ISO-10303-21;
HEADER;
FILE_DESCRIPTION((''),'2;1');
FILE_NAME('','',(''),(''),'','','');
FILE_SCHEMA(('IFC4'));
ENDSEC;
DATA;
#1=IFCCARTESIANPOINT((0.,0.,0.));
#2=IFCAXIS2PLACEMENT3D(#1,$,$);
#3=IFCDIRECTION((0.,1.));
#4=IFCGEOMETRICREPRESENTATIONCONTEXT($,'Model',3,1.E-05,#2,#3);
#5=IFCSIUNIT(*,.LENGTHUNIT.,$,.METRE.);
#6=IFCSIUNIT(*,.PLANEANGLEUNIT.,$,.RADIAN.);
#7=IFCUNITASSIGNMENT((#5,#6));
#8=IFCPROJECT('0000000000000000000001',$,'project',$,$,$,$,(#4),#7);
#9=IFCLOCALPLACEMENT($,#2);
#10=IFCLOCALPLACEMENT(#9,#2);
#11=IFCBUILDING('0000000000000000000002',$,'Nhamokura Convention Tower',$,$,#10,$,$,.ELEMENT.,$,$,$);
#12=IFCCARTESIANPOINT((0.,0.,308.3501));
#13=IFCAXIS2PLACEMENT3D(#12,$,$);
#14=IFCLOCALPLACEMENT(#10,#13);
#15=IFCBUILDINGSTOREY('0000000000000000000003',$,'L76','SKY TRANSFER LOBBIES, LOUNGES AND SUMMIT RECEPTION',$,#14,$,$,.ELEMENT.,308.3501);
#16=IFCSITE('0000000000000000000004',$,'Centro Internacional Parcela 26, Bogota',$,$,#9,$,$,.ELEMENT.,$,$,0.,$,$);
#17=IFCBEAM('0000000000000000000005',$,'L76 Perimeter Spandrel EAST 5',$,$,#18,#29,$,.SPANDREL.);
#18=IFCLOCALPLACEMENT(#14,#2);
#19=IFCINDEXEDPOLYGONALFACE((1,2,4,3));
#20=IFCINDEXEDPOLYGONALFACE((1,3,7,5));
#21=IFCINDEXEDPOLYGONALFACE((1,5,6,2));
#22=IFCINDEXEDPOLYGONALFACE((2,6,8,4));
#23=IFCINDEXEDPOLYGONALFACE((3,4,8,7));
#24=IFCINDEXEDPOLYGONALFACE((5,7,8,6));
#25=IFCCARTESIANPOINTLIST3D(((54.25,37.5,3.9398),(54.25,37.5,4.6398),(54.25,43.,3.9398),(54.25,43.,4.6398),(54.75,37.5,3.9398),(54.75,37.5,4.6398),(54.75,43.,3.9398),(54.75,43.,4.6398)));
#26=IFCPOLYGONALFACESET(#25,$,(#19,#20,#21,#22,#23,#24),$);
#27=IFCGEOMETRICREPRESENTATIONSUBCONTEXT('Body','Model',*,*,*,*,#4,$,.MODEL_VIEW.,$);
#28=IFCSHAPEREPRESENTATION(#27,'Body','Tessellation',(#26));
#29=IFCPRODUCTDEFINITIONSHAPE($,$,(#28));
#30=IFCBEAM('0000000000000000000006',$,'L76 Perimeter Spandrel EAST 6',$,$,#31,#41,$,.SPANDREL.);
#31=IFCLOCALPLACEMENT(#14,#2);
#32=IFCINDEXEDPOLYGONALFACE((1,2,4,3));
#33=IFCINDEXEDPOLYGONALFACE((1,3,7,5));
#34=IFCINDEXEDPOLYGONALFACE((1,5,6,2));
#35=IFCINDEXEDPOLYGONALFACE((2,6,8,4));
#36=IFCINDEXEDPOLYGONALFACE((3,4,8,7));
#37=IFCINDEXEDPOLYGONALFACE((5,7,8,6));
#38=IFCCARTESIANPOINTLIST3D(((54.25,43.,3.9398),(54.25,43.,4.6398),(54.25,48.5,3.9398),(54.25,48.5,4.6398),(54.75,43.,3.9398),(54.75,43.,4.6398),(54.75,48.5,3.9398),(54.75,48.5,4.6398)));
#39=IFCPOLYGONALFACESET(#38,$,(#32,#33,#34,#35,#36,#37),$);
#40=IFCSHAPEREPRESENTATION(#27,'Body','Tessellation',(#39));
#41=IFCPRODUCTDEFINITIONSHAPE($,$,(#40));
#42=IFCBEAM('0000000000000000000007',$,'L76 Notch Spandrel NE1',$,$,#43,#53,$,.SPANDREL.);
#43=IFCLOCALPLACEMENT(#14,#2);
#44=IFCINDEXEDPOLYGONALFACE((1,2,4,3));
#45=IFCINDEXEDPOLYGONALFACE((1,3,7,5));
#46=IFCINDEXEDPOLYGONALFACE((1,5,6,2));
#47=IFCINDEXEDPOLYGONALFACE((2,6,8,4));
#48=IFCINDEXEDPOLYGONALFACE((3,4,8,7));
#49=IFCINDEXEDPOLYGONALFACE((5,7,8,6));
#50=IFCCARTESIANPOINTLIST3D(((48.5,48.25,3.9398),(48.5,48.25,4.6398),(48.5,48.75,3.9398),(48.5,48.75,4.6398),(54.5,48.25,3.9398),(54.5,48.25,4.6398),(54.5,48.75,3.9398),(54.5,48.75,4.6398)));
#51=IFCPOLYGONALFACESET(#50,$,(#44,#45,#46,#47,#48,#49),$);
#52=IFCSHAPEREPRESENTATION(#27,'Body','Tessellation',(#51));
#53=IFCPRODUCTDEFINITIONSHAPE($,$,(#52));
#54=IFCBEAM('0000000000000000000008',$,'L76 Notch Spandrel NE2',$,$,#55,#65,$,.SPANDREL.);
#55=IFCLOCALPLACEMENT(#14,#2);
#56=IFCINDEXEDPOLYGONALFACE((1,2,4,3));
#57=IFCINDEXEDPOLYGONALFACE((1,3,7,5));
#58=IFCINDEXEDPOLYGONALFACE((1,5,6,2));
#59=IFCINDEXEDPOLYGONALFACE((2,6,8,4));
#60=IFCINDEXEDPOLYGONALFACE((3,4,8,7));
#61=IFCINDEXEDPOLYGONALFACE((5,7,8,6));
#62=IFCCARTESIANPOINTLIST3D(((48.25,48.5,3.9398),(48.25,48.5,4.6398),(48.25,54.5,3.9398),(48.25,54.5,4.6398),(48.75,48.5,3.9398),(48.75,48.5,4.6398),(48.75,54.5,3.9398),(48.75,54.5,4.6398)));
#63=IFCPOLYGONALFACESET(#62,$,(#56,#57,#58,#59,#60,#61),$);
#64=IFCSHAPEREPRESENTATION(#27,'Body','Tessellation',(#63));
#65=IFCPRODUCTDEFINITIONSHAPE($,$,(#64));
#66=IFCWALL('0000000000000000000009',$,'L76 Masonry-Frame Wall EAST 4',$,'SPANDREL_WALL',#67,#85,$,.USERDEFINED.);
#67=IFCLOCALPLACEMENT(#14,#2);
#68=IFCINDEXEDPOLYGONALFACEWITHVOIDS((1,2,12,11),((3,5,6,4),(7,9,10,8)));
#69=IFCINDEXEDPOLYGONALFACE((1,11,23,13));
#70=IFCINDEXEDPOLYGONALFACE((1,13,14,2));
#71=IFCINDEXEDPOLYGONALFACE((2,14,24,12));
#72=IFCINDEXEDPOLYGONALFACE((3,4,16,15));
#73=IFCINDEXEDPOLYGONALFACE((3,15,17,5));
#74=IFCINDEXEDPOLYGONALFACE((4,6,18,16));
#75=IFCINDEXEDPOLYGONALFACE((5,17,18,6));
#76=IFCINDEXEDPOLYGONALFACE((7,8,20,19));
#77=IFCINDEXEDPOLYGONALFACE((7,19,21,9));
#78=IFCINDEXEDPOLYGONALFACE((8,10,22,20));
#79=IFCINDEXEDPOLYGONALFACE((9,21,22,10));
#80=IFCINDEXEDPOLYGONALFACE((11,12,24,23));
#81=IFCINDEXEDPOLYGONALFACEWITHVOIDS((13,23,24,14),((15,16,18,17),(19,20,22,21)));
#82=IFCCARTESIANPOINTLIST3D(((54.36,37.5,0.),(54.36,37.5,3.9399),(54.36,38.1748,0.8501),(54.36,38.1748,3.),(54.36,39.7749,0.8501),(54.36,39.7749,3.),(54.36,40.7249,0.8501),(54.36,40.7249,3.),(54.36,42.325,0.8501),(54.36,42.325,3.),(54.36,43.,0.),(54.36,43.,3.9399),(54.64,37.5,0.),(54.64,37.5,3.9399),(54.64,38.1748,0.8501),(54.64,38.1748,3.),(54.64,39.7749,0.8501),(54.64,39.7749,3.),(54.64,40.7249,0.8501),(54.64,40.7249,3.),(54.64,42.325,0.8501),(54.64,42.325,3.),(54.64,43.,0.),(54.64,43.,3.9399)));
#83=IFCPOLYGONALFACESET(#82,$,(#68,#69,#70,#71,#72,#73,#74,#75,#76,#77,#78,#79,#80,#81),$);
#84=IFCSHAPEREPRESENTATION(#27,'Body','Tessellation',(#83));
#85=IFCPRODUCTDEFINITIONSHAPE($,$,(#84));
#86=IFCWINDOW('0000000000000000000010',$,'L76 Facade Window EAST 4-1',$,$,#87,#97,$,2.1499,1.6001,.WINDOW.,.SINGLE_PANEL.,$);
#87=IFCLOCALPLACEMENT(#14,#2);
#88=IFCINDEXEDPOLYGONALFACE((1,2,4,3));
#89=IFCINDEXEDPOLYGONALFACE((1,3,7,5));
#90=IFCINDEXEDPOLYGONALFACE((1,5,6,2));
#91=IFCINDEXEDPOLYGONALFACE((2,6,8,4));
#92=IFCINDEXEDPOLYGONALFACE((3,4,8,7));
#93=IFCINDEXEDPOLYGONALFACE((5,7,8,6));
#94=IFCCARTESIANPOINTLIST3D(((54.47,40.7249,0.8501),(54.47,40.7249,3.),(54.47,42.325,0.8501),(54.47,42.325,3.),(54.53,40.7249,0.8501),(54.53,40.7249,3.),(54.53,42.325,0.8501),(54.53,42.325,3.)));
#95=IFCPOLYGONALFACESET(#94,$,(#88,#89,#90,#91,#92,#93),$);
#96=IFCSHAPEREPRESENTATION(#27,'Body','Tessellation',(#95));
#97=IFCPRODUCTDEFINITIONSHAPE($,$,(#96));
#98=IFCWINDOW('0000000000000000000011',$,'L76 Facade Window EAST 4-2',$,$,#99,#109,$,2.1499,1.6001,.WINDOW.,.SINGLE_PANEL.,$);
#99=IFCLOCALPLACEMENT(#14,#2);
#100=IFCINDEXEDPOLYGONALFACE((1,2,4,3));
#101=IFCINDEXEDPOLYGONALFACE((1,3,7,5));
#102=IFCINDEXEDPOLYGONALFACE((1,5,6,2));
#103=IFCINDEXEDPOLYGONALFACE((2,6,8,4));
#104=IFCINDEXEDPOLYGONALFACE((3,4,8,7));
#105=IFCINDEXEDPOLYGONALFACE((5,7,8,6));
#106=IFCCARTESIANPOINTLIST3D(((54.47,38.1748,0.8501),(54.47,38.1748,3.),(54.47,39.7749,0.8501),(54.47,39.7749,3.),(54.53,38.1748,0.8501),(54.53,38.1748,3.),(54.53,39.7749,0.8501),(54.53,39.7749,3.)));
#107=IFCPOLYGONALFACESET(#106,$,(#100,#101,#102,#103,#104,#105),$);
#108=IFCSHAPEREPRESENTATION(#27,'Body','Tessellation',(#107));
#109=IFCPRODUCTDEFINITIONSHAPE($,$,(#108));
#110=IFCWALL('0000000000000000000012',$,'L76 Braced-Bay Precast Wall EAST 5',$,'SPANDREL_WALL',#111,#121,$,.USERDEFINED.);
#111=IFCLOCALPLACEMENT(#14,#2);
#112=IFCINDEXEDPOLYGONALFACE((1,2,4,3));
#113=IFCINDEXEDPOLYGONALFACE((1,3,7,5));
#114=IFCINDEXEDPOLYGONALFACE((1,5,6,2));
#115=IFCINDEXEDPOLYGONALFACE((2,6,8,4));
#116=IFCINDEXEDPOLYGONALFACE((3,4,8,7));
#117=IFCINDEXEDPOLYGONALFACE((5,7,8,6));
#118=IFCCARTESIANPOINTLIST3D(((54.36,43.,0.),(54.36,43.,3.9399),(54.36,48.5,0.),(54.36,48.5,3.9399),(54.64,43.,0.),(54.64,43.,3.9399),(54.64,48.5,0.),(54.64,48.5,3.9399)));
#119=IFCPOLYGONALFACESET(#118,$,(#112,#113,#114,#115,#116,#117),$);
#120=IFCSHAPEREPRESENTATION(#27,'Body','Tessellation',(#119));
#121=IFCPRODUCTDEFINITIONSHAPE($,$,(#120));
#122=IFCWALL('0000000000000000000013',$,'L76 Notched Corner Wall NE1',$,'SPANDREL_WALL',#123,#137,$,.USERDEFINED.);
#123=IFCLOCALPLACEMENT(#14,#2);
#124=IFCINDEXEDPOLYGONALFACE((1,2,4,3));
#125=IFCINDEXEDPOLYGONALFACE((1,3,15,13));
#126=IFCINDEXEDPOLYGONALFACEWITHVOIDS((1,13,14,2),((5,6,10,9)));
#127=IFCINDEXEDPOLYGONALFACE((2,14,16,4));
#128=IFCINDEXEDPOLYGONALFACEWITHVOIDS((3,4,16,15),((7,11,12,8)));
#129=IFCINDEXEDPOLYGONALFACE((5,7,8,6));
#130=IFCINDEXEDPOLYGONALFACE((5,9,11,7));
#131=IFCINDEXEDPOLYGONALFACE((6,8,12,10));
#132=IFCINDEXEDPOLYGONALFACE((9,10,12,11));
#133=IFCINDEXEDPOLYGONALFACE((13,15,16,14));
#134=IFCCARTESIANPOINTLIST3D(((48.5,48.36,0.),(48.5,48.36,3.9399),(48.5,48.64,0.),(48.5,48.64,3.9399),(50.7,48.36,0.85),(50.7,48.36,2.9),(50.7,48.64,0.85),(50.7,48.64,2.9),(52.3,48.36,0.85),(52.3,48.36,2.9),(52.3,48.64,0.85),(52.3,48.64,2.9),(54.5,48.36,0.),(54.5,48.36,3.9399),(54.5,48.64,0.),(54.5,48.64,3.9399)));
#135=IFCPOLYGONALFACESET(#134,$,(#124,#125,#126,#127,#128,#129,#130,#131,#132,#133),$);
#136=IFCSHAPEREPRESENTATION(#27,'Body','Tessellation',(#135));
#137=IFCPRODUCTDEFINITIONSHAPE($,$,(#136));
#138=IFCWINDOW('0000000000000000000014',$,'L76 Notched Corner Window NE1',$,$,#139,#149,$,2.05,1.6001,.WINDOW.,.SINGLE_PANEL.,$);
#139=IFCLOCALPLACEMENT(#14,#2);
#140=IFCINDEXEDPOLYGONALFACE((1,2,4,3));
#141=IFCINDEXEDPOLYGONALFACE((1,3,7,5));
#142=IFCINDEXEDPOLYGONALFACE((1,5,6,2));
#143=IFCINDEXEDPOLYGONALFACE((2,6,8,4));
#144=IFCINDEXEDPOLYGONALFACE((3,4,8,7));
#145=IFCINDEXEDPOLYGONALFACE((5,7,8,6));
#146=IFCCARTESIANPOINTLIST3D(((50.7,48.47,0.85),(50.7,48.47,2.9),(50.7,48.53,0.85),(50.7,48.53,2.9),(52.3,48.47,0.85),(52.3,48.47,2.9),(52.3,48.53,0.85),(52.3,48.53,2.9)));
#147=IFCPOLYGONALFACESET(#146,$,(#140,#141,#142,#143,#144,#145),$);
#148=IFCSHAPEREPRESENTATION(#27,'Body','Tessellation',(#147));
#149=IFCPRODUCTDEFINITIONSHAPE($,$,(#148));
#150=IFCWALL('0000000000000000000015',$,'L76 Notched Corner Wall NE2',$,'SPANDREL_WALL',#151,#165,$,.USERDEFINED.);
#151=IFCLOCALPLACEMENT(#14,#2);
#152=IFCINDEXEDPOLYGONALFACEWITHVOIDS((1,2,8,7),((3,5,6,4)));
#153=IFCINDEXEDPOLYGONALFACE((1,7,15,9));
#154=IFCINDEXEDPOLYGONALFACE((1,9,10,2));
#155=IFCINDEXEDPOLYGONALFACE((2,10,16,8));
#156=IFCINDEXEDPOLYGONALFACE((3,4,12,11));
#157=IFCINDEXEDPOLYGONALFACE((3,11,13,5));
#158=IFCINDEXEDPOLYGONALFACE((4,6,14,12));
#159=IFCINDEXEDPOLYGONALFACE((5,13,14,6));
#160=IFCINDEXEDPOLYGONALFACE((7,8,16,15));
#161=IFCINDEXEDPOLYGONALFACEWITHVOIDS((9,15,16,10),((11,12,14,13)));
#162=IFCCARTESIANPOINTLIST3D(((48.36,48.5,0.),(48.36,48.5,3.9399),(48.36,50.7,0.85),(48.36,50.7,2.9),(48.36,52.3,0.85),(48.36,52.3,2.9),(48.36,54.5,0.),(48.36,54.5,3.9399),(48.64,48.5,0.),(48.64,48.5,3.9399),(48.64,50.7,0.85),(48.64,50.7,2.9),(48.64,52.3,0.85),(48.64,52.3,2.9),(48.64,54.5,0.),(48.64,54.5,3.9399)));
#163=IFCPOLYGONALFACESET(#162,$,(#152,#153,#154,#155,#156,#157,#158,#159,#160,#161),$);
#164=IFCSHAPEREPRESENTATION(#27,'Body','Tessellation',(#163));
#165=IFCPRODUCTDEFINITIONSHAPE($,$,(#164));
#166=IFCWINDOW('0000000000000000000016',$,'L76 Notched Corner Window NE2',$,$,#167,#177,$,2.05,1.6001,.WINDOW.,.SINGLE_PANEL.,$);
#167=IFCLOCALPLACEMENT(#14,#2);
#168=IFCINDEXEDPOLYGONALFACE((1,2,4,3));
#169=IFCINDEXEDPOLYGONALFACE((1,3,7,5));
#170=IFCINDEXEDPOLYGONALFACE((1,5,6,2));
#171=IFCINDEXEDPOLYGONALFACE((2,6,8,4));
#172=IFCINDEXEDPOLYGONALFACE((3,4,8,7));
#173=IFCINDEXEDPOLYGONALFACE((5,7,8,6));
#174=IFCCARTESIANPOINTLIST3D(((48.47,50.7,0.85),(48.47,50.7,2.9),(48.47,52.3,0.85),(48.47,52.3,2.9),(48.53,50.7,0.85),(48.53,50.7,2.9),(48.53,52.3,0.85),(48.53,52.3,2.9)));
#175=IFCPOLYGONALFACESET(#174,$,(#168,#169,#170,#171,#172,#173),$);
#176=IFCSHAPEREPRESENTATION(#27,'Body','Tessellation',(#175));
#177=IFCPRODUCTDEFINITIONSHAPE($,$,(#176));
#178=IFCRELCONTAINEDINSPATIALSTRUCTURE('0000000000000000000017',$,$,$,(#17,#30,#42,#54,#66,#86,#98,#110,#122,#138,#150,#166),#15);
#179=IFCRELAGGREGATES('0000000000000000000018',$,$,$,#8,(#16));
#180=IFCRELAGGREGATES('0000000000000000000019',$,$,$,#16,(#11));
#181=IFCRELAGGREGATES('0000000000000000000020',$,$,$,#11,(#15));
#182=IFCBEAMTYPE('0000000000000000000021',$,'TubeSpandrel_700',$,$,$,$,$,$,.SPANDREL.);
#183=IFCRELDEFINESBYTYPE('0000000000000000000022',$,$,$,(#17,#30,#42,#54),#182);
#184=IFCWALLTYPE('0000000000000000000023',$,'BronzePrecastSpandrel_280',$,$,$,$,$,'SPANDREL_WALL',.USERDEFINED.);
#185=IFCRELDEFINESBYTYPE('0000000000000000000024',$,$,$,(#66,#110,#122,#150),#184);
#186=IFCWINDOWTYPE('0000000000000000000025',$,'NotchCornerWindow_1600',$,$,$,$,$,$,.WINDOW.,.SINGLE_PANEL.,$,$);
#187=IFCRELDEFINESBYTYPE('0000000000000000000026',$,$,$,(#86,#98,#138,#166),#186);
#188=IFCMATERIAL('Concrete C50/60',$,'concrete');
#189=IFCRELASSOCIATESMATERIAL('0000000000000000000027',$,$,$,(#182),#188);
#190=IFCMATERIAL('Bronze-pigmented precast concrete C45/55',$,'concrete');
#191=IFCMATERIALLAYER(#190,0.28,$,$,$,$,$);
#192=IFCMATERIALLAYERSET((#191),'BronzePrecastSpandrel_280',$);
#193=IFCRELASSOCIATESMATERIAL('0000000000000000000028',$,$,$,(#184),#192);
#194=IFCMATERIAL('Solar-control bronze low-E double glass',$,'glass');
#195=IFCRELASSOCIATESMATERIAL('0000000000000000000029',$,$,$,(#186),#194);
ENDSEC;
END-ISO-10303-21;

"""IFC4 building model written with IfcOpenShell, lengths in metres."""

from ifc_helpers import new_model, si_unit, direction, frame, frame_2d, origin, origin_2d, place, context, subcontext, project, spatial, rectangle, extrude, material, layer, layer_set, material_profile, profile_set, type_object, element, fill, save


model = new_model("IFC4")

# Units and contexts
model_context = context("Model", 3, precision=1e-05, world=origin(), true_north=direction((0.0, 1.0)))
body_context = subcontext(model_context, "Body", "Model", "MODEL_VIEW")
ifc_project = project(units=[si_unit("LENGTHUNIT", "METRE"), si_unit("PLANEANGLEUNIT", "RADIAN")], contexts=[model_context])

# Site, building, storey
site_placement = place(None, origin())
site = spatial("IfcSite", under=ifc_project, at=site_placement, Name="Centro Internacional Parcela 26, Bogota", CompositionType="ELEMENT", RefElevation=0.0)
building_placement = place(site_placement, origin())
building = spatial("IfcBuilding", under=site, at=building_placement, Name="Nhamokura Convention Tower", CompositionType="ELEMENT")
storey_placement = place(building_placement, frame((0.0, 0.0, 308.3501)))
storey = spatial("IfcBuildingStorey", under=building, at=storey_placement, Name="L76", Description="SKY TRANSFER LOBBIES, LOUNGES AND SUMMIT RECEPTION", CompositionType="ELEMENT", Elevation=308.3501)

# Beams
ifc_material_1 = material(Name="Concrete C50/60", Category="concrete")
ifc_material_profile_1 = material_profile(ifc_material_1, rectangle(XDim=0.5, YDim=0.7, at=origin_2d()))
ifc_profile_set_1 = profile_set([ifc_material_profile_1], Name="Concrete C50/60")
beam_type_1 = type_object("IfcBeamType", Name="TubeSpandrel_700", PredefinedType="SPANDREL", material=ifc_profile_set_1)
for number, where, z_axis, x_axis, name in (
    (1, (54.5, 37.5, 4.2898), (0.0, 1.0, 0.0), (-1.0, 0.0, 0.0), "L76 Perimeter Spandrel EAST 5"),
    (2, (54.5, 43.0, 4.2898), (0.0, 1.0, 0.0), (-1.0, 0.0, 0.0), "L76 Perimeter Spandrel EAST 6"),
):
    element("IfcBeam", number, at=place(storey_placement, frame(where, z_axis=z_axis, x_axis=x_axis)), inside=storey, type_object=beam_type_1, Name=name, PredefinedType="SPANDREL", context=body_context, shape_type="SweptSolid", body=[
        extrude(rectangle(XDim=0.5, YDim=0.7, at=origin_2d()), origin(), (0.0, 0.0, 1.0), 5.5),
    ])
for number, where, z_axis, x_axis, name in (
    (3, (54.5, 48.5, 4.2898), (-1.0, 0.0, 0.0), (0.0, -1.0, 0.0), "L76 Notch Spandrel NE1"),
    (4, (48.5, 48.5, 4.2898), (0.0, 1.0, 0.0), (-1.0, 0.0, 0.0), "L76 Notch Spandrel NE2"),
):
    element("IfcBeam", number, at=place(storey_placement, frame(where, z_axis=z_axis, x_axis=x_axis)), inside=storey, type_object=beam_type_1, Name=name, PredefinedType="SPANDREL", context=body_context, shape_type="SweptSolid", body=[
        extrude(rectangle(XDim=0.5, YDim=0.7, at=origin_2d()), origin(), (0.0, 0.0, 1.0), 6.0),
    ])

# Wall, openings, windows
ifc_material_2 = material(Name="Bronze-pigmented precast concrete C45/55", Category="concrete")
ifc_layer_1 = layer(ifc_material_2, 0.28)
ifc_layer_set_1 = layer_set([ifc_layer_1], Name="BronzePrecastSpandrel_280")
wall_type_1 = type_object("IfcWallType", Name="BronzePrecastSpandrel_280", ElementType="SPANDREL_WALL", PredefinedType="USERDEFINED", material=ifc_layer_set_1)
wall_1_placement = place(storey_placement, frame((54.5, 43.0, 0.0), z_axis=(0.0, 0.0, 1.0), x_axis=(0.0, -1.0, 0.0)))
wall_1 = element("IfcWall", 5, at=wall_1_placement, inside=storey, type_object=wall_type_1, Name="L76 Masonry-Frame Wall EAST 4", ObjectType="SPANDREL_WALL", PredefinedType="USERDEFINED", context=body_context, shape_type="SweptSolid", body=[
    extrude(rectangle(XDim=5.5, YDim=0.28, at=frame_2d((2.75, 0.0))), origin(), (0.0, 0.0, 1.0), 3.9399),
])
opening_1_placement = place(wall_1_placement, frame((0.675, 0.0, 0.8501)))
opening_1 = element("IfcOpeningElement", 6, at=opening_1_placement, cuts=wall_1, PredefinedType="OPENING", context=body_context, shape_type="SweptSolid", body=[
    extrude(rectangle(XDim=1.6001, YDim=2.1499, at=frame_2d((0.8, 1.075))), frame((0.0, 0.1499, 0.0), z_axis=(0.0, -1.0, 0.0), x_axis=(1.0, 0.0, 0.0)), (0.0, 0.0, 1.0), 0.3),
])
opening_2_placement = place(wall_1_placement, frame((3.2251, 0.0, 0.8501)))
opening_2 = element("IfcOpeningElement", 7, at=opening_2_placement, cuts=wall_1, PredefinedType="OPENING", context=body_context, shape_type="SweptSolid", body=[
    extrude(rectangle(XDim=1.6001, YDim=2.1499, at=frame_2d((0.8, 1.075))), frame((0.0, 0.1499, 0.0), z_axis=(0.0, -1.0, 0.0), x_axis=(1.0, 0.0, 0.0)), (0.0, 0.0, 1.0), 0.3),
])
ifc_material_3 = material(Name="Solar-control bronze low-E double glass", Category="glass")
window_type = type_object("IfcWindowType", Name="NotchCornerWindow_1600", PartitioningType="SINGLE_PANEL", PredefinedType="WINDOW", material=ifc_material_3)
window_1_placement = place(opening_1_placement, origin())
window_1 = element("IfcWindow", 8, at=window_1_placement, inside=storey, type_object=window_type, Name="L76 Facade Window EAST 4-1", OverallHeight=2.1499, OverallWidth=1.6001, PartitioningType="SINGLE_PANEL", PredefinedType="WINDOW", context=body_context, shape_type="SweptSolid", body=[
    extrude(rectangle(XDim=1.6001, YDim=2.1499, at=frame_2d((0.8, 1.075))), frame((0.0, 0.03, 0.0), z_axis=(0.0, -1.0, 0.0), x_axis=(1.0, 0.0, 0.0)), (0.0, 0.0, 1.0), 0.0601),
])
fill(opening_1, window_1)
window_2_placement = place(opening_2_placement, origin())
window_2 = element("IfcWindow", 9, at=window_2_placement, inside=storey, type_object=window_type, Name="L76 Facade Window EAST 4-2", OverallHeight=2.1499, OverallWidth=1.6001, PartitioningType="SINGLE_PANEL", PredefinedType="WINDOW", context=body_context, shape_type="SweptSolid", body=[
    extrude(rectangle(XDim=1.6001, YDim=2.1499, at=frame_2d((0.8, 1.075))), frame((0.0, 0.03, 0.0), z_axis=(0.0, -1.0, 0.0), x_axis=(1.0, 0.0, 0.0)), (0.0, 0.0, 1.0), 0.0601),
])
fill(opening_2, window_2)

# Wall
wall_2_placement = place(storey_placement, frame((54.5, 48.5, 0.0), z_axis=(0.0, 0.0, 1.0), x_axis=(0.0, -1.0, 0.0)))
element("IfcWall", 10, at=wall_2_placement, inside=storey, type_object=wall_type_1, Name="L76 Braced-Bay Precast Wall EAST 5", ObjectType="SPANDREL_WALL", PredefinedType="USERDEFINED", context=body_context, shape_type="SweptSolid", body=[
    extrude(rectangle(XDim=5.5, YDim=0.28, at=frame_2d((2.75, 0.0))), origin(), (0.0, 0.0, 1.0), 3.9399),
])

# Walls, openings, windows
wall_3_placement = place(storey_placement, frame((48.5, 48.5, 0.0), z_axis=(0.0, 0.0, 1.0), x_axis=(1.0, 0.0, 0.0)))
wall_3 = element("IfcWall", 11, at=wall_3_placement, inside=storey, type_object=wall_type_1, Name="L76 Notched Corner Wall NE1", ObjectType="SPANDREL_WALL", PredefinedType="USERDEFINED", context=body_context, shape_type="SweptSolid", body=[
    extrude(rectangle(XDim=6.0, YDim=0.28, at=frame_2d((3.0, 0.0))), origin(), (0.0, 0.0, 1.0), 3.9399),
])
opening_3_placement = place(wall_3_placement, frame((2.2, 0.0, 0.8501)))
opening_3 = element("IfcOpeningElement", 12, at=opening_3_placement, cuts=wall_3, PredefinedType="OPENING", context=body_context, shape_type="SweptSolid", body=[
    extrude(rectangle(XDim=1.6001, YDim=2.05, at=frame_2d((0.8, 1.0249))), frame((0.0, 0.1499, 0.0), z_axis=(0.0, -1.0, 0.0), x_axis=(1.0, 0.0, 0.0)), (0.0, 0.0, 1.0), 0.3),
])
window_3_placement = place(opening_3_placement, origin())
window_3 = element("IfcWindow", 13, at=window_3_placement, inside=storey, type_object=window_type, Name="L76 Notched Corner Window NE1", OverallHeight=2.05, OverallWidth=1.6001, PartitioningType="SINGLE_PANEL", PredefinedType="WINDOW", context=body_context, shape_type="SweptSolid", body=[
    extrude(rectangle(XDim=1.6001, YDim=2.05, at=frame_2d((0.8, 1.0249))), frame((0.0, 0.03, 0.0), z_axis=(0.0, -1.0, 0.0), x_axis=(1.0, 0.0, 0.0)), (0.0, 0.0, 1.0), 0.0601),
])
fill(opening_3, window_3)
wall_4_placement = place(storey_placement, frame((48.5, 54.5, 0.0), z_axis=(0.0, 0.0, 1.0), x_axis=(0.0, -1.0, 0.0)))
wall_4 = element("IfcWall", 14, at=wall_4_placement, inside=storey, type_object=wall_type_1, Name="L76 Notched Corner Wall NE2", ObjectType="SPANDREL_WALL", PredefinedType="USERDEFINED", context=body_context, shape_type="SweptSolid", body=[
    extrude(rectangle(XDim=6.0, YDim=0.28, at=frame_2d((3.0, 0.0))), origin(), (0.0, 0.0, 1.0), 3.9399),
])
opening_4_placement = place(wall_4_placement, frame((2.2, 0.0, 0.8501)))
opening_4 = element("IfcOpeningElement", 15, at=opening_4_placement, cuts=wall_4, PredefinedType="OPENING", context=body_context, shape_type="SweptSolid", body=[
    extrude(rectangle(XDim=1.6001, YDim=2.05, at=frame_2d((0.8, 1.0249))), frame((0.0, 0.1499, 0.0), z_axis=(0.0, -1.0, 0.0), x_axis=(1.0, 0.0, 0.0)), (0.0, 0.0, 1.0), 0.3),
])
window_4_placement = place(opening_4_placement, origin())
window_4 = element("IfcWindow", 16, at=window_4_placement, inside=storey, type_object=window_type, Name="L76 Notched Corner Window NE2", OverallHeight=2.05, OverallWidth=1.6001, PartitioningType="SINGLE_PANEL", PredefinedType="WINDOW", context=body_context, shape_type="SweptSolid", body=[
    extrude(rectangle(XDim=1.6001, YDim=2.05, at=frame_2d((0.8, 1.0249))), frame((0.0, 0.03, 0.0), z_axis=(0.0, -1.0, 0.0), x_axis=(1.0, 0.0, 0.0)), (0.0, 0.0, 1.0), 0.0601),
])
fill(opening_4, window_4)

save(model, "model.ifc")
